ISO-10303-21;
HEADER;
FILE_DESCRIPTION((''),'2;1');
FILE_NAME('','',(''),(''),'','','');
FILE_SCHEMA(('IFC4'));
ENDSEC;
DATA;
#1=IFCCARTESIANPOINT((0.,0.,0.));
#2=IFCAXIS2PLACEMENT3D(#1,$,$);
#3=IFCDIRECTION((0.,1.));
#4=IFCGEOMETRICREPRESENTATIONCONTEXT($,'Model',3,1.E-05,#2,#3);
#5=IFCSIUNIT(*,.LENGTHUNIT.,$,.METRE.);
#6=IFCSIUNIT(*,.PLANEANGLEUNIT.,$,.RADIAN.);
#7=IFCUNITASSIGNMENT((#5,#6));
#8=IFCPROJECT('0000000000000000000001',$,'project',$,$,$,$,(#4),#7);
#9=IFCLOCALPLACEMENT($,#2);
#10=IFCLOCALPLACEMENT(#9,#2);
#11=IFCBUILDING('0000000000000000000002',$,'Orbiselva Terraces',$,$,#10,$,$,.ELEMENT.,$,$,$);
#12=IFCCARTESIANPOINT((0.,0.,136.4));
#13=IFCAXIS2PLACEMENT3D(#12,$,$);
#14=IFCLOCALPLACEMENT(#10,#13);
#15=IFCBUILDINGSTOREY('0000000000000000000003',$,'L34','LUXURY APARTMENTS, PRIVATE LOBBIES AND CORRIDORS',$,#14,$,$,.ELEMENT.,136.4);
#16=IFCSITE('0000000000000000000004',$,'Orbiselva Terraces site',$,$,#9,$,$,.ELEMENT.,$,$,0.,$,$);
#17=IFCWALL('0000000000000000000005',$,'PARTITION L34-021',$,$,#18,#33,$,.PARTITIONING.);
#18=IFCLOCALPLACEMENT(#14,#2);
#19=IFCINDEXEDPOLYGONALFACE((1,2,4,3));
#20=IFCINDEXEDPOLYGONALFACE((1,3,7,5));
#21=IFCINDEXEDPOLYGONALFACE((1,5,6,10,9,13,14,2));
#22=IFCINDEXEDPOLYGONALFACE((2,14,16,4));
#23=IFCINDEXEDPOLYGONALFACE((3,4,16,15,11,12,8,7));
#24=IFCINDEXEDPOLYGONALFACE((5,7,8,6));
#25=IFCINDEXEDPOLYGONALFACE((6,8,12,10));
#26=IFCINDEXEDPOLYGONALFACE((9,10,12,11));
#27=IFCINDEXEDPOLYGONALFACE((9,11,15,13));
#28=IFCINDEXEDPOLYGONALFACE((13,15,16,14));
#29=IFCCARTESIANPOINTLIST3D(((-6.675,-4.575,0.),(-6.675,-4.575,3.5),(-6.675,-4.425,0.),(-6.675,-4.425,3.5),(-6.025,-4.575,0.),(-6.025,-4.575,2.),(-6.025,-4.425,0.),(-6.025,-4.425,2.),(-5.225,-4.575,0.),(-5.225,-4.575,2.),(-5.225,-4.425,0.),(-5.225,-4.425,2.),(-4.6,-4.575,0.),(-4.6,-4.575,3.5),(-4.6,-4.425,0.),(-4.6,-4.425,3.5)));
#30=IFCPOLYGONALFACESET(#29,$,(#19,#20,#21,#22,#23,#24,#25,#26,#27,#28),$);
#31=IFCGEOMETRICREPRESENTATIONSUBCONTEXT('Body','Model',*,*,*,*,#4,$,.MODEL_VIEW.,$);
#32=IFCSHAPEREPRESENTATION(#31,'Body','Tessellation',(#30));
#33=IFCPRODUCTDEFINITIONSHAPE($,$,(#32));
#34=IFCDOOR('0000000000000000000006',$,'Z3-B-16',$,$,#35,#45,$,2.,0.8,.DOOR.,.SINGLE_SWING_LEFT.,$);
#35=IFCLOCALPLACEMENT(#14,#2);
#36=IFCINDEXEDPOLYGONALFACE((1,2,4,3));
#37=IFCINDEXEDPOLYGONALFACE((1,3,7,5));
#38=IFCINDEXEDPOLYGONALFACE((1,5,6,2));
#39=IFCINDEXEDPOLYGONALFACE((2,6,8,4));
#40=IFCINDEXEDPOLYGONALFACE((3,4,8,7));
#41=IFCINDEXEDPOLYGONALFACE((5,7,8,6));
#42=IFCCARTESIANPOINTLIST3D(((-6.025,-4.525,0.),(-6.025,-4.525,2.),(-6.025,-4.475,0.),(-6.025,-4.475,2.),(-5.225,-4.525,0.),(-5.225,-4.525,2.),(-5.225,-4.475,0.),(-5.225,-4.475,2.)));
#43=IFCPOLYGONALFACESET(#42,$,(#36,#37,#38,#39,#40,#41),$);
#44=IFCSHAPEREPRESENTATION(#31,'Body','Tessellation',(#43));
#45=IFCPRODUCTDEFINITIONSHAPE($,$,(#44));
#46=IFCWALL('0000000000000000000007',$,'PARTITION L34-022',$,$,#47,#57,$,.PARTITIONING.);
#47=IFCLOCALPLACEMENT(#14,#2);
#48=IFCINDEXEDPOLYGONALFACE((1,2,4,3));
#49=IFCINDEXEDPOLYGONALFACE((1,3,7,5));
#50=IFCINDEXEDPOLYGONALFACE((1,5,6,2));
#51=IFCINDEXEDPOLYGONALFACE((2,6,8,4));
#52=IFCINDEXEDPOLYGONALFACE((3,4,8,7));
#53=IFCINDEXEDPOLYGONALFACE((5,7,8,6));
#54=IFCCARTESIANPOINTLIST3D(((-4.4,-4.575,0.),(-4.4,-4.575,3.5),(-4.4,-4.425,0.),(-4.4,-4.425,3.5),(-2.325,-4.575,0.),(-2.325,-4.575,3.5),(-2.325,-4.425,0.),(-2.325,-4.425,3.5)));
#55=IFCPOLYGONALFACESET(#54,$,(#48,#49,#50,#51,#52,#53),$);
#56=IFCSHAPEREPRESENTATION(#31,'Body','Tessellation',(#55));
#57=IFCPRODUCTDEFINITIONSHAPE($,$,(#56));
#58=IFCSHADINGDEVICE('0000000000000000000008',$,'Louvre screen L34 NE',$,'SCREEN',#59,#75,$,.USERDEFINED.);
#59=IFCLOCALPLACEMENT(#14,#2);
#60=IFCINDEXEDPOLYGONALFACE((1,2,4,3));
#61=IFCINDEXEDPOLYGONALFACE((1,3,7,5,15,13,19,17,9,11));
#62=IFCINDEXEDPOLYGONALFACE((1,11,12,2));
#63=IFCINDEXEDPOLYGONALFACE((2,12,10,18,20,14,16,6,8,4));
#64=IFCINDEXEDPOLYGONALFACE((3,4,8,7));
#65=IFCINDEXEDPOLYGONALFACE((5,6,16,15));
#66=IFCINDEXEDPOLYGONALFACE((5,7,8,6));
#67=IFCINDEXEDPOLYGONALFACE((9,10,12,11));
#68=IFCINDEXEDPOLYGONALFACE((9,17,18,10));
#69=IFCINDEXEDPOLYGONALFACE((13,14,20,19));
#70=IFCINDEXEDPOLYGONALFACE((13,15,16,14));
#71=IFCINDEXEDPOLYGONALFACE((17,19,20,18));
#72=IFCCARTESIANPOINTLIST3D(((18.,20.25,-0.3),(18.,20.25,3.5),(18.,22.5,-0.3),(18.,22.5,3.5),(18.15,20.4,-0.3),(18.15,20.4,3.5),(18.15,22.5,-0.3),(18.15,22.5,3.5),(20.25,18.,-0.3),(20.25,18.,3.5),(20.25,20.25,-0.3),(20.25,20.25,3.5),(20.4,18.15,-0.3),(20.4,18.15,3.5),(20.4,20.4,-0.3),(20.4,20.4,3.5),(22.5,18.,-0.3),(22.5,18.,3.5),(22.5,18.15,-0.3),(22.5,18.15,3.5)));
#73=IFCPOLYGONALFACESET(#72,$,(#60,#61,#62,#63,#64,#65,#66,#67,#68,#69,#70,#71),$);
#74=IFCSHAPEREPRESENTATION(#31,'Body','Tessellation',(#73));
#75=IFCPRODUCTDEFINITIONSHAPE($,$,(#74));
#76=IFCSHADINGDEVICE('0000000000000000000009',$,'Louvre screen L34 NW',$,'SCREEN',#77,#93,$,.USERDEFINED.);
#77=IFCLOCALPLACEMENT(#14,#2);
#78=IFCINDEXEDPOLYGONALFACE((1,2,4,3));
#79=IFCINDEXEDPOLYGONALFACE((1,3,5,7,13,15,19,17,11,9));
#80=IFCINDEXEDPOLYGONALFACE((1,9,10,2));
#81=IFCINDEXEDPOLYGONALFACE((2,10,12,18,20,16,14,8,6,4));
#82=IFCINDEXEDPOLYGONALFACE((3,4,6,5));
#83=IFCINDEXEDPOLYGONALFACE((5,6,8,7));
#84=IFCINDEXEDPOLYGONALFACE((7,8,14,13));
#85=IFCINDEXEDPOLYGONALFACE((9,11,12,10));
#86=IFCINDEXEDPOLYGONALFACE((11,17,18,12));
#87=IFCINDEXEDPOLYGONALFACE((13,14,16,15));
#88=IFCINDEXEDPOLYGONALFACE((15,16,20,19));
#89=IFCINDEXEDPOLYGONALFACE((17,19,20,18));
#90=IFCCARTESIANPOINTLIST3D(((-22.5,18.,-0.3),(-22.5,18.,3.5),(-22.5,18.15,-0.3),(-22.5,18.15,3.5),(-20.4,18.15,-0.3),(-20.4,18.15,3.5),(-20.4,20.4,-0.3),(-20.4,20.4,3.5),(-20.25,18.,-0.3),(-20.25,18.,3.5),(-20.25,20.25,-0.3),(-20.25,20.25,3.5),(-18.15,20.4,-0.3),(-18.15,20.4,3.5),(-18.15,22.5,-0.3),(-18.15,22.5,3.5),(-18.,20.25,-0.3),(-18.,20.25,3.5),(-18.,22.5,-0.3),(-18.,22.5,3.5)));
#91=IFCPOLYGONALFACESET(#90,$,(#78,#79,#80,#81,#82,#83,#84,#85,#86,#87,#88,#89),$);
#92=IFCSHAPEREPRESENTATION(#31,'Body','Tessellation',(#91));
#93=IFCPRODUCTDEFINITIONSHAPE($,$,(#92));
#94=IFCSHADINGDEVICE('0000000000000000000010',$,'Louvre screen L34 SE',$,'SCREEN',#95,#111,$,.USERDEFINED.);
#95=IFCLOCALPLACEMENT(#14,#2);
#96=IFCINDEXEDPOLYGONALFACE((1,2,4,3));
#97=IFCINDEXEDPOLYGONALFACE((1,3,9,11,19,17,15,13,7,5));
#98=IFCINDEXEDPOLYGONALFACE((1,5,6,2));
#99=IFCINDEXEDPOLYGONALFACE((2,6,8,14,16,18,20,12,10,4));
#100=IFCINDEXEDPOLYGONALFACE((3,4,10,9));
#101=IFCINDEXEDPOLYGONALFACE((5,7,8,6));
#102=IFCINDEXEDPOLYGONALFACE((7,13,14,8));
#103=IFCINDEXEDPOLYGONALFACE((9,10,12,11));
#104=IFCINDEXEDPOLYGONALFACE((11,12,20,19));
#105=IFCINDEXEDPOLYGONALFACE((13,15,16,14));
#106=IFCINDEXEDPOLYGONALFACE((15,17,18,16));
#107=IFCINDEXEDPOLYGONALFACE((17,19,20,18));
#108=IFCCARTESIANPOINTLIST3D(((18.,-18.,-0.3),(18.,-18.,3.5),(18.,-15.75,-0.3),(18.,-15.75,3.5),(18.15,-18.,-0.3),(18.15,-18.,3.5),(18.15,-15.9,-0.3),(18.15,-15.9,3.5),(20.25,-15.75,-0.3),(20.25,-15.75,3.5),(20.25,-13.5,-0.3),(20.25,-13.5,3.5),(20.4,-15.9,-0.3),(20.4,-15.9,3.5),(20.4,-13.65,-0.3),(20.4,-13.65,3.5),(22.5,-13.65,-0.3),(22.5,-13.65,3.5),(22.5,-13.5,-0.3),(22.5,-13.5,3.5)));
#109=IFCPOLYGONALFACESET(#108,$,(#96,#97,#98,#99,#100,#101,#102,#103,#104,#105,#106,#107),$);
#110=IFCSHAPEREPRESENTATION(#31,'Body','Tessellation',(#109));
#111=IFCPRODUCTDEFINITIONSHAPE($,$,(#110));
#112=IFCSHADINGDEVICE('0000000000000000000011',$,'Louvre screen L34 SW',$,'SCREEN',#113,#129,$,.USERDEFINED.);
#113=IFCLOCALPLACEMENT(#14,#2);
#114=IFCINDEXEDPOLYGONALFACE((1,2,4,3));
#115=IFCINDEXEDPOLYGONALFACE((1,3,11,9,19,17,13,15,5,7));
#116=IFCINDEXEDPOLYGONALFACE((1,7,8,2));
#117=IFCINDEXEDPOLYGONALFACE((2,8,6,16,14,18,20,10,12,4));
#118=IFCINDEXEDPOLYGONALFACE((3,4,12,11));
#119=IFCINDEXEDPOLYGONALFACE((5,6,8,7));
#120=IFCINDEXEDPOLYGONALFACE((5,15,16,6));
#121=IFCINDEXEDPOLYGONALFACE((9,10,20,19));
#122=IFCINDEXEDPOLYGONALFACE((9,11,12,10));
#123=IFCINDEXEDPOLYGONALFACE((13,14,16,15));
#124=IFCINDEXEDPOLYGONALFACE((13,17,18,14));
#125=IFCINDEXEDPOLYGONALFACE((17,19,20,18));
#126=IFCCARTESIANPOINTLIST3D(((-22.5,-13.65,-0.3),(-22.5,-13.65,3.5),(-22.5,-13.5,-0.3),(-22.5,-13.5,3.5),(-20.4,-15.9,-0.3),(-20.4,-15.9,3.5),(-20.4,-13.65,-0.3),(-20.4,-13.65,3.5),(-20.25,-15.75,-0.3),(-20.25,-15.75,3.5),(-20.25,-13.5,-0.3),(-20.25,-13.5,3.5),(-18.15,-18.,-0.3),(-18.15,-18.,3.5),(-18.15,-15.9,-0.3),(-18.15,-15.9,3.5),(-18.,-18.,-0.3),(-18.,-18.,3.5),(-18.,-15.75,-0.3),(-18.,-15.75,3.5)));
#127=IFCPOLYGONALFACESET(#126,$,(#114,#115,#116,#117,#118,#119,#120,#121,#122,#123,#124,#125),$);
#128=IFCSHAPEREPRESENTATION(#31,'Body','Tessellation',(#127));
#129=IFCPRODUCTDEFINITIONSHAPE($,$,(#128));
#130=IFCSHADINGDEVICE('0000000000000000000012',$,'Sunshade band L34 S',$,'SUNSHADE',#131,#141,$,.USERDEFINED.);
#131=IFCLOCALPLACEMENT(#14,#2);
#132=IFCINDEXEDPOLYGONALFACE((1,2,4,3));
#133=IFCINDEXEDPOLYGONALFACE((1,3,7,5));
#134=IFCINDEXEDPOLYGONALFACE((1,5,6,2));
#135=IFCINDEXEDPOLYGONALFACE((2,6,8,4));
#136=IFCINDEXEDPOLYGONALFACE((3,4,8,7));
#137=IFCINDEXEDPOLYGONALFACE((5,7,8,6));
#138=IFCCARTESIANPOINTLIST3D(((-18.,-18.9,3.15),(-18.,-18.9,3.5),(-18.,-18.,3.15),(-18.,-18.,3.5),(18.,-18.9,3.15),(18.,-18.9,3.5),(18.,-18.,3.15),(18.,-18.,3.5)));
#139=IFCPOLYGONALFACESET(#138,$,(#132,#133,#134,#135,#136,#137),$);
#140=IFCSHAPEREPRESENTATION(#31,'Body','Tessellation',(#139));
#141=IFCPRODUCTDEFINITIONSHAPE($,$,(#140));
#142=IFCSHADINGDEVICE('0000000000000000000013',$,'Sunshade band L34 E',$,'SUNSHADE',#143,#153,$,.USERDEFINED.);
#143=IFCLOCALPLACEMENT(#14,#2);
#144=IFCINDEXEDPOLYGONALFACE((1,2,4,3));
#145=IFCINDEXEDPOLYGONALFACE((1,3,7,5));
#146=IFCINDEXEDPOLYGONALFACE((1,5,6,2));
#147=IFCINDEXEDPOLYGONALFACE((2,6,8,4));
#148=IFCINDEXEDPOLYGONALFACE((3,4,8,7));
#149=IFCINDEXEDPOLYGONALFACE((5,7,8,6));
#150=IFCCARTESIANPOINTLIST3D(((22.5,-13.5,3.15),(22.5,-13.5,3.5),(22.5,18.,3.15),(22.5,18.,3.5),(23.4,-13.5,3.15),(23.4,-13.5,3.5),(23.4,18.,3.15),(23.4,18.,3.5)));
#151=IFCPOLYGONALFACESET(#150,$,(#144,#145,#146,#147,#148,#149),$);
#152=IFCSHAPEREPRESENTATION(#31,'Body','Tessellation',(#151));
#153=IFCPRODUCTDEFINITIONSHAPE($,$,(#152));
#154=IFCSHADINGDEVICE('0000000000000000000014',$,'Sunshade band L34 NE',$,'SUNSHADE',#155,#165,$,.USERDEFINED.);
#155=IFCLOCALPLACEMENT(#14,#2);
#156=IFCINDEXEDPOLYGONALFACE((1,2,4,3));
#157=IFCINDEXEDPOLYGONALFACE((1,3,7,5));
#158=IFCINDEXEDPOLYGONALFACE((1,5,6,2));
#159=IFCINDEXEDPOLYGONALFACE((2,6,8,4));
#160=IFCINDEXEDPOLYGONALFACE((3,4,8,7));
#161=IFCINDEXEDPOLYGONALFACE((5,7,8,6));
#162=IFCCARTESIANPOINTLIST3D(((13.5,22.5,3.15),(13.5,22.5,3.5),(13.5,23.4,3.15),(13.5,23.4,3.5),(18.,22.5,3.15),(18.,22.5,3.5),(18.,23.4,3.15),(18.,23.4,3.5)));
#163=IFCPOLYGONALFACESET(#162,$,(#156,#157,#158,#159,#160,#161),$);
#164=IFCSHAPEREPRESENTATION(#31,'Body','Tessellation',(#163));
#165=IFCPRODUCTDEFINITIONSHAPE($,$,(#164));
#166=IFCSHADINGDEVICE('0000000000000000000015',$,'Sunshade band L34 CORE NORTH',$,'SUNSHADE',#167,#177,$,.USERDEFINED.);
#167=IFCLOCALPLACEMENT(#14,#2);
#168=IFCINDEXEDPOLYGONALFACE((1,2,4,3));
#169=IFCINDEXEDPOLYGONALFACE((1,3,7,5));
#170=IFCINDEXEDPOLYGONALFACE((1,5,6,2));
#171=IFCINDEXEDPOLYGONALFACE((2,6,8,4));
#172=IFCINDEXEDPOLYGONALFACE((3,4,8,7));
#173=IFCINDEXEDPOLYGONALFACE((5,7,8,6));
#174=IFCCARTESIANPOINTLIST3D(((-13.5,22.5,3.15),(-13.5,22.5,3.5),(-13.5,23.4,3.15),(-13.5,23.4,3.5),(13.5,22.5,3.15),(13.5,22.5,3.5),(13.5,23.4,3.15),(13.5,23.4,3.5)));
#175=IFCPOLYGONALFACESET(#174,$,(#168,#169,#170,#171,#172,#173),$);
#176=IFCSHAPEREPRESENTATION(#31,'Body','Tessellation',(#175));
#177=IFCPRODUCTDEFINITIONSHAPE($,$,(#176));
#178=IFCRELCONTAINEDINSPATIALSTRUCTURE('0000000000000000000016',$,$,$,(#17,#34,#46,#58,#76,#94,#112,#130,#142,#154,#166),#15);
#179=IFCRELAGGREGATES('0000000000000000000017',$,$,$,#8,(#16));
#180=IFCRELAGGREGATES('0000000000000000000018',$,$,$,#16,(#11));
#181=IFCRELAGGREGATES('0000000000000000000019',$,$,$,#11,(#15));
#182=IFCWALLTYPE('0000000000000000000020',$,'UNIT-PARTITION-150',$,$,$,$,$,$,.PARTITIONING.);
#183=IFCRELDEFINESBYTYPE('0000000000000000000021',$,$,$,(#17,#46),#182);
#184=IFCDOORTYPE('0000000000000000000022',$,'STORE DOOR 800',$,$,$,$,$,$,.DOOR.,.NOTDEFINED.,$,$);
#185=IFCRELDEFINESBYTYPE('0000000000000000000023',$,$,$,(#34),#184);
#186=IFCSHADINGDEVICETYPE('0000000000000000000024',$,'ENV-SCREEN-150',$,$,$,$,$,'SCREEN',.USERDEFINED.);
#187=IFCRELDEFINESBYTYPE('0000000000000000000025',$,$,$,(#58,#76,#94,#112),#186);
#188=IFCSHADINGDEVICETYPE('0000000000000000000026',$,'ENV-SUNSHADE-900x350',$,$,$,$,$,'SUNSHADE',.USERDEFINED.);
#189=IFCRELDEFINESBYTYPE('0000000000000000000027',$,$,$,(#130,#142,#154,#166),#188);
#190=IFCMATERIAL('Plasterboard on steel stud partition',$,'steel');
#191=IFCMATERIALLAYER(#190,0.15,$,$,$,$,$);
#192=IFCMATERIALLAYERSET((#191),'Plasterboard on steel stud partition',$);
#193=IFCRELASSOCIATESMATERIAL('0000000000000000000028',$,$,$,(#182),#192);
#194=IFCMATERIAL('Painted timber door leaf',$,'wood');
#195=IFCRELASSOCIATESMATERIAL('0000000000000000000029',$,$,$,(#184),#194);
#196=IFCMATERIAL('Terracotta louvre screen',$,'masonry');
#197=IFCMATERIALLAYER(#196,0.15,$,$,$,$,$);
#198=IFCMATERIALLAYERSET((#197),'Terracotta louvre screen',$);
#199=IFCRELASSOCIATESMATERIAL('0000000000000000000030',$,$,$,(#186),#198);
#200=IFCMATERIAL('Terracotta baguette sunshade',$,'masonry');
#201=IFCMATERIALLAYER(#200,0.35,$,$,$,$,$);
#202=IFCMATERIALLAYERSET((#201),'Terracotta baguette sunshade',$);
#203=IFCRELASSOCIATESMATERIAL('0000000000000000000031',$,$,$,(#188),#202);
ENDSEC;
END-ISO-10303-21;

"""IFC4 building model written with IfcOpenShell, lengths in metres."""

from ifc_helpers import new_model, si_unit, direction, frame, frame_2d, origin, place, context, subcontext, project, spatial, polyline, rectangle, outline, extrude, material, layer, layer_set, type_object, element, fill, save


model = new_model("IFC4")

# Units and contexts
model_context = context("Model", 3, precision=1e-05, world=origin(), true_north=direction((0.0, 1.0)))
body_context = subcontext(model_context, "Body", "Model", "MODEL_VIEW")
ifc_project = project(units=[si_unit("LENGTHUNIT", "METRE"), si_unit("PLANEANGLEUNIT", "RADIAN")], contexts=[model_context])

# Site, building, storey
site_placement = place(None, origin())
site = spatial("IfcSite", under=ifc_project, at=site_placement, Name="Orbiselva Terraces site", CompositionType="ELEMENT", RefElevation=0.0)
building_placement = place(site_placement, origin())
building = spatial("IfcBuilding", under=site, at=building_placement, Name="Orbiselva Terraces", CompositionType="ELEMENT")
storey_placement = place(building_placement, frame((0.0, 0.0, 136.4)))
storey = spatial("IfcBuildingStorey", under=building, at=storey_placement, Name="L34", Description="LUXURY APARTMENTS, PRIVATE LOBBIES AND CORRIDORS", CompositionType="ELEMENT", Elevation=136.4)

# Wall, opening, door
ifc_material_1 = material(Name="Plasterboard on steel stud partition", Category="steel")
ifc_layer_1 = layer(ifc_material_1, 0.15)
ifc_layer_set_1 = layer_set([ifc_layer_1], Name="Plasterboard on steel stud partition")
wall_type_1 = type_object("IfcWallType", Name="UNIT-PARTITION-150", PredefinedType="PARTITIONING", material=ifc_layer_set_1)
wall_1_placement = place(storey_placement, frame((-4.6, -4.5, 0.0), z_axis=(0.0, 0.0, 1.0), x_axis=(-1.0, 0.0, 0.0)))
wall_1 = element("IfcWall", 1, at=wall_1_placement, inside=storey, type_object=wall_type_1, Name="PARTITION L34-021", PredefinedType="PARTITIONING", context=body_context, shape_type="SweptSolid", body=[
    extrude(rectangle(XDim=2.075, YDim=0.15, at=frame_2d((1.0375, 0.0))), origin(), (0.0, 0.0, 1.0), 3.5),
])
opening_placement = place(wall_1_placement, frame((0.625, 0.0, 0.0)))
opening = element("IfcOpeningElement", 2, at=opening_placement, cuts=wall_1, PredefinedType="OPENING", context=body_context, shape_type="SweptSolid", body=[
    extrude(rectangle(XDim=0.8, YDim=2.0, at=frame_2d((0.4, 1.0))), frame((0.0, 0.085, 0.0), z_axis=(0.0, -1.0, 0.0), x_axis=(1.0, 0.0, 0.0)), (0.0, 0.0, 1.0), 0.17),
])
ifc_material_2 = material(Name="Painted timber door leaf", Category="wood")
door_type = type_object("IfcDoorType", Name="STORE DOOR 800", OperationType="NOTDEFINED", PredefinedType="DOOR", material=ifc_material_2)
door_placement = place(opening_placement, origin())
door = element("IfcDoor", 3, at=door_placement, inside=storey, type_object=door_type, Name="Z3-B-16", OperationType="SINGLE_SWING_LEFT", OverallHeight=2.0, OverallWidth=0.8, PredefinedType="DOOR", context=body_context, shape_type="SweptSolid", body=[
    extrude(rectangle(XDim=0.8, YDim=2.0, at=frame_2d((0.4, 1.0))), frame((0.0, 0.025, 0.0), z_axis=(0.0, -1.0, 0.0), x_axis=(1.0, 0.0, 0.0)), (0.0, 0.0, 1.0), 0.05),
])
fill(opening, door)

# Wall
wall_2_placement = place(storey_placement, frame((-4.4, -4.5, 0.0), z_axis=(0.0, 0.0, 1.0), x_axis=(1.0, 0.0, 0.0)))
element("IfcWall", 4, at=wall_2_placement, inside=storey, type_object=wall_type_1, Name="PARTITION L34-022", PredefinedType="PARTITIONING", context=body_context, shape_type="SweptSolid", body=[
    extrude(rectangle(XDim=2.075, YDim=0.15, at=frame_2d((1.0375, 0.0))), origin(), (0.0, 0.0, 1.0), 3.5),
])

# Shading devices
ifc_material_3 = material(Name="Terracotta louvre screen", Category="masonry")
ifc_layer_2 = layer(ifc_material_3, 0.15)
ifc_layer_set_2 = layer_set([ifc_layer_2], Name="Terracotta louvre screen")
shading_device_type_1 = type_object("IfcShadingDeviceType", Name="ENV-SCREEN-150", ElementType="SCREEN", PredefinedType="USERDEFINED", material=ifc_layer_set_2)
shading_device_1_placement = place(storey_placement, frame((0.0, 0.0, -0.3)))
element("IfcShadingDevice", 5, at=shading_device_1_placement, inside=storey, type_object=shading_device_type_1, Name="Louvre screen L34 NE", ObjectType="SCREEN", PredefinedType="USERDEFINED", context=body_context, shape_type="SweptSolid", body=[
    extrude(outline(polyline([(22.5, 18.15), (20.4, 18.15), (20.4, 20.4), (18.15, 20.4), (18.15, 22.5), (18.0, 22.5), (18.0, 20.25), (20.25, 20.25), (20.25, 18.0), (22.5, 18.0), (22.5, 18.15)])), origin(), (0.0, 0.0, 1.0), 3.8),
])
shading_device_2_placement = place(storey_placement, frame((0.0, 0.0, -0.3)))
element("IfcShadingDevice", 6, at=shading_device_2_placement, inside=storey, type_object=shading_device_type_1, Name="Louvre screen L34 NW", ObjectType="SCREEN", PredefinedType="USERDEFINED", context=body_context, shape_type="SweptSolid", body=[
    extrude(outline(polyline([(-18.15, 22.5), (-18.15, 20.4), (-20.4, 20.4), (-20.4, 18.15), (-22.5, 18.15), (-22.5, 18.0), (-20.25, 18.0), (-20.25, 20.25), (-18.0, 20.25), (-18.0, 22.5), (-18.15, 22.5)])), origin(), (0.0, 0.0, 1.0), 3.8),
])
shading_device_3_placement = place(storey_placement, frame((0.0, 0.0, -0.3)))
element("IfcShadingDevice", 7, at=shading_device_3_placement, inside=storey, type_object=shading_device_type_1, Name="Louvre screen L34 SE", ObjectType="SCREEN", PredefinedType="USERDEFINED", context=body_context, shape_type="SweptSolid", body=[
    extrude(outline(polyline([(18.15, -18.0), (18.15, -15.9), (20.4, -15.9), (20.4, -13.65), (22.5, -13.65), (22.5, -13.5), (20.25, -13.5), (20.25, -15.75), (18.0, -15.75), (18.0, -18.0), (18.15, -18.0)])), origin(), (0.0, 0.0, 1.0), 3.8),
])
shading_device_4_placement = place(storey_placement, frame((0.0, 0.0, -0.3)))
element("IfcShadingDevice", 8, at=shading_device_4_placement, inside=storey, type_object=shading_device_type_1, Name="Louvre screen L34 SW", ObjectType="SCREEN", PredefinedType="USERDEFINED", context=body_context, shape_type="SweptSolid", body=[
    extrude(outline(polyline([(-22.5, -13.65), (-20.4, -13.65), (-20.4, -15.9), (-18.15, -15.9), (-18.15, -18.0), (-18.0, -18.0), (-18.0, -15.75), (-20.25, -15.75), (-20.25, -13.5), (-22.5, -13.5), (-22.5, -13.65)])), origin(), (0.0, 0.0, 1.0), 3.8),
])
ifc_material_4 = material(Name="Terracotta baguette sunshade", Category="masonry")
ifc_layer_3 = layer(ifc_material_4, 0.35)
ifc_layer_set_3 = layer_set([ifc_layer_3], Name="Terracotta baguette sunshade")
shading_device_type_2 = type_object("IfcShadingDeviceType", Name="ENV-SUNSHADE-900x350", ElementType="SUNSHADE", PredefinedType="USERDEFINED", material=ifc_layer_set_3)
shading_device_5_placement = place(storey_placement, frame((0.0, 0.0, 3.15)))
element("IfcShadingDevice", 9, at=shading_device_5_placement, inside=storey, type_object=shading_device_type_2, Name="Sunshade band L34 S", ObjectType="SUNSHADE", PredefinedType="USERDEFINED", context=body_context, shape_type="SweptSolid", body=[
    extrude(outline(polyline([(-18.0, -18.9), (18.0, -18.9), (18.0, -18.0), (-18.0, -18.0), (-18.0, -18.9)])), origin(), (0.0, 0.0, 1.0), 0.35),
])
shading_device_6_placement = place(storey_placement, frame((0.0, 0.0, 3.15)))
element("IfcShadingDevice", 10, at=shading_device_6_placement, inside=storey, type_object=shading_device_type_2, Name="Sunshade band L34 E", ObjectType="SUNSHADE", PredefinedType="USERDEFINED", context=body_context, shape_type="SweptSolid", body=[
    extrude(outline(polyline([(23.4, -13.5), (23.4, 18.0), (22.5, 18.0), (22.5, -13.5), (23.4, -13.5)])), origin(), (0.0, 0.0, 1.0), 0.35),
])
shading_device_7_placement = place(storey_placement, frame((0.0, 0.0, 3.15)))
element("IfcShadingDevice", 11, at=shading_device_7_placement, inside=storey, type_object=shading_device_type_2, Name="Sunshade band L34 NE", ObjectType="SUNSHADE", PredefinedType="USERDEFINED", context=body_context, shape_type="SweptSolid", body=[
    extrude(outline(polyline([(18.0, 23.4), (13.5, 23.4), (13.5, 22.5), (18.0, 22.5), (18.0, 23.4)])), origin(), (0.0, 0.0, 1.0), 0.35),
])
shading_device_8_placement = place(storey_placement, frame((0.0, 0.0, 3.15)))
element("IfcShadingDevice", 12, at=shading_device_8_placement, inside=storey, type_object=shading_device_type_2, Name="Sunshade band L34 CORE NORTH", ObjectType="SUNSHADE", PredefinedType="USERDEFINED", context=body_context, shape_type="SweptSolid", body=[
    extrude(outline(polyline([(13.5, 23.4), (-13.5, 23.4), (-13.5, 22.5), (13.5, 22.5), (13.5, 23.4)])), origin(), (0.0, 0.0, 1.0), 0.35),
])

save(model, "model.ifc")
